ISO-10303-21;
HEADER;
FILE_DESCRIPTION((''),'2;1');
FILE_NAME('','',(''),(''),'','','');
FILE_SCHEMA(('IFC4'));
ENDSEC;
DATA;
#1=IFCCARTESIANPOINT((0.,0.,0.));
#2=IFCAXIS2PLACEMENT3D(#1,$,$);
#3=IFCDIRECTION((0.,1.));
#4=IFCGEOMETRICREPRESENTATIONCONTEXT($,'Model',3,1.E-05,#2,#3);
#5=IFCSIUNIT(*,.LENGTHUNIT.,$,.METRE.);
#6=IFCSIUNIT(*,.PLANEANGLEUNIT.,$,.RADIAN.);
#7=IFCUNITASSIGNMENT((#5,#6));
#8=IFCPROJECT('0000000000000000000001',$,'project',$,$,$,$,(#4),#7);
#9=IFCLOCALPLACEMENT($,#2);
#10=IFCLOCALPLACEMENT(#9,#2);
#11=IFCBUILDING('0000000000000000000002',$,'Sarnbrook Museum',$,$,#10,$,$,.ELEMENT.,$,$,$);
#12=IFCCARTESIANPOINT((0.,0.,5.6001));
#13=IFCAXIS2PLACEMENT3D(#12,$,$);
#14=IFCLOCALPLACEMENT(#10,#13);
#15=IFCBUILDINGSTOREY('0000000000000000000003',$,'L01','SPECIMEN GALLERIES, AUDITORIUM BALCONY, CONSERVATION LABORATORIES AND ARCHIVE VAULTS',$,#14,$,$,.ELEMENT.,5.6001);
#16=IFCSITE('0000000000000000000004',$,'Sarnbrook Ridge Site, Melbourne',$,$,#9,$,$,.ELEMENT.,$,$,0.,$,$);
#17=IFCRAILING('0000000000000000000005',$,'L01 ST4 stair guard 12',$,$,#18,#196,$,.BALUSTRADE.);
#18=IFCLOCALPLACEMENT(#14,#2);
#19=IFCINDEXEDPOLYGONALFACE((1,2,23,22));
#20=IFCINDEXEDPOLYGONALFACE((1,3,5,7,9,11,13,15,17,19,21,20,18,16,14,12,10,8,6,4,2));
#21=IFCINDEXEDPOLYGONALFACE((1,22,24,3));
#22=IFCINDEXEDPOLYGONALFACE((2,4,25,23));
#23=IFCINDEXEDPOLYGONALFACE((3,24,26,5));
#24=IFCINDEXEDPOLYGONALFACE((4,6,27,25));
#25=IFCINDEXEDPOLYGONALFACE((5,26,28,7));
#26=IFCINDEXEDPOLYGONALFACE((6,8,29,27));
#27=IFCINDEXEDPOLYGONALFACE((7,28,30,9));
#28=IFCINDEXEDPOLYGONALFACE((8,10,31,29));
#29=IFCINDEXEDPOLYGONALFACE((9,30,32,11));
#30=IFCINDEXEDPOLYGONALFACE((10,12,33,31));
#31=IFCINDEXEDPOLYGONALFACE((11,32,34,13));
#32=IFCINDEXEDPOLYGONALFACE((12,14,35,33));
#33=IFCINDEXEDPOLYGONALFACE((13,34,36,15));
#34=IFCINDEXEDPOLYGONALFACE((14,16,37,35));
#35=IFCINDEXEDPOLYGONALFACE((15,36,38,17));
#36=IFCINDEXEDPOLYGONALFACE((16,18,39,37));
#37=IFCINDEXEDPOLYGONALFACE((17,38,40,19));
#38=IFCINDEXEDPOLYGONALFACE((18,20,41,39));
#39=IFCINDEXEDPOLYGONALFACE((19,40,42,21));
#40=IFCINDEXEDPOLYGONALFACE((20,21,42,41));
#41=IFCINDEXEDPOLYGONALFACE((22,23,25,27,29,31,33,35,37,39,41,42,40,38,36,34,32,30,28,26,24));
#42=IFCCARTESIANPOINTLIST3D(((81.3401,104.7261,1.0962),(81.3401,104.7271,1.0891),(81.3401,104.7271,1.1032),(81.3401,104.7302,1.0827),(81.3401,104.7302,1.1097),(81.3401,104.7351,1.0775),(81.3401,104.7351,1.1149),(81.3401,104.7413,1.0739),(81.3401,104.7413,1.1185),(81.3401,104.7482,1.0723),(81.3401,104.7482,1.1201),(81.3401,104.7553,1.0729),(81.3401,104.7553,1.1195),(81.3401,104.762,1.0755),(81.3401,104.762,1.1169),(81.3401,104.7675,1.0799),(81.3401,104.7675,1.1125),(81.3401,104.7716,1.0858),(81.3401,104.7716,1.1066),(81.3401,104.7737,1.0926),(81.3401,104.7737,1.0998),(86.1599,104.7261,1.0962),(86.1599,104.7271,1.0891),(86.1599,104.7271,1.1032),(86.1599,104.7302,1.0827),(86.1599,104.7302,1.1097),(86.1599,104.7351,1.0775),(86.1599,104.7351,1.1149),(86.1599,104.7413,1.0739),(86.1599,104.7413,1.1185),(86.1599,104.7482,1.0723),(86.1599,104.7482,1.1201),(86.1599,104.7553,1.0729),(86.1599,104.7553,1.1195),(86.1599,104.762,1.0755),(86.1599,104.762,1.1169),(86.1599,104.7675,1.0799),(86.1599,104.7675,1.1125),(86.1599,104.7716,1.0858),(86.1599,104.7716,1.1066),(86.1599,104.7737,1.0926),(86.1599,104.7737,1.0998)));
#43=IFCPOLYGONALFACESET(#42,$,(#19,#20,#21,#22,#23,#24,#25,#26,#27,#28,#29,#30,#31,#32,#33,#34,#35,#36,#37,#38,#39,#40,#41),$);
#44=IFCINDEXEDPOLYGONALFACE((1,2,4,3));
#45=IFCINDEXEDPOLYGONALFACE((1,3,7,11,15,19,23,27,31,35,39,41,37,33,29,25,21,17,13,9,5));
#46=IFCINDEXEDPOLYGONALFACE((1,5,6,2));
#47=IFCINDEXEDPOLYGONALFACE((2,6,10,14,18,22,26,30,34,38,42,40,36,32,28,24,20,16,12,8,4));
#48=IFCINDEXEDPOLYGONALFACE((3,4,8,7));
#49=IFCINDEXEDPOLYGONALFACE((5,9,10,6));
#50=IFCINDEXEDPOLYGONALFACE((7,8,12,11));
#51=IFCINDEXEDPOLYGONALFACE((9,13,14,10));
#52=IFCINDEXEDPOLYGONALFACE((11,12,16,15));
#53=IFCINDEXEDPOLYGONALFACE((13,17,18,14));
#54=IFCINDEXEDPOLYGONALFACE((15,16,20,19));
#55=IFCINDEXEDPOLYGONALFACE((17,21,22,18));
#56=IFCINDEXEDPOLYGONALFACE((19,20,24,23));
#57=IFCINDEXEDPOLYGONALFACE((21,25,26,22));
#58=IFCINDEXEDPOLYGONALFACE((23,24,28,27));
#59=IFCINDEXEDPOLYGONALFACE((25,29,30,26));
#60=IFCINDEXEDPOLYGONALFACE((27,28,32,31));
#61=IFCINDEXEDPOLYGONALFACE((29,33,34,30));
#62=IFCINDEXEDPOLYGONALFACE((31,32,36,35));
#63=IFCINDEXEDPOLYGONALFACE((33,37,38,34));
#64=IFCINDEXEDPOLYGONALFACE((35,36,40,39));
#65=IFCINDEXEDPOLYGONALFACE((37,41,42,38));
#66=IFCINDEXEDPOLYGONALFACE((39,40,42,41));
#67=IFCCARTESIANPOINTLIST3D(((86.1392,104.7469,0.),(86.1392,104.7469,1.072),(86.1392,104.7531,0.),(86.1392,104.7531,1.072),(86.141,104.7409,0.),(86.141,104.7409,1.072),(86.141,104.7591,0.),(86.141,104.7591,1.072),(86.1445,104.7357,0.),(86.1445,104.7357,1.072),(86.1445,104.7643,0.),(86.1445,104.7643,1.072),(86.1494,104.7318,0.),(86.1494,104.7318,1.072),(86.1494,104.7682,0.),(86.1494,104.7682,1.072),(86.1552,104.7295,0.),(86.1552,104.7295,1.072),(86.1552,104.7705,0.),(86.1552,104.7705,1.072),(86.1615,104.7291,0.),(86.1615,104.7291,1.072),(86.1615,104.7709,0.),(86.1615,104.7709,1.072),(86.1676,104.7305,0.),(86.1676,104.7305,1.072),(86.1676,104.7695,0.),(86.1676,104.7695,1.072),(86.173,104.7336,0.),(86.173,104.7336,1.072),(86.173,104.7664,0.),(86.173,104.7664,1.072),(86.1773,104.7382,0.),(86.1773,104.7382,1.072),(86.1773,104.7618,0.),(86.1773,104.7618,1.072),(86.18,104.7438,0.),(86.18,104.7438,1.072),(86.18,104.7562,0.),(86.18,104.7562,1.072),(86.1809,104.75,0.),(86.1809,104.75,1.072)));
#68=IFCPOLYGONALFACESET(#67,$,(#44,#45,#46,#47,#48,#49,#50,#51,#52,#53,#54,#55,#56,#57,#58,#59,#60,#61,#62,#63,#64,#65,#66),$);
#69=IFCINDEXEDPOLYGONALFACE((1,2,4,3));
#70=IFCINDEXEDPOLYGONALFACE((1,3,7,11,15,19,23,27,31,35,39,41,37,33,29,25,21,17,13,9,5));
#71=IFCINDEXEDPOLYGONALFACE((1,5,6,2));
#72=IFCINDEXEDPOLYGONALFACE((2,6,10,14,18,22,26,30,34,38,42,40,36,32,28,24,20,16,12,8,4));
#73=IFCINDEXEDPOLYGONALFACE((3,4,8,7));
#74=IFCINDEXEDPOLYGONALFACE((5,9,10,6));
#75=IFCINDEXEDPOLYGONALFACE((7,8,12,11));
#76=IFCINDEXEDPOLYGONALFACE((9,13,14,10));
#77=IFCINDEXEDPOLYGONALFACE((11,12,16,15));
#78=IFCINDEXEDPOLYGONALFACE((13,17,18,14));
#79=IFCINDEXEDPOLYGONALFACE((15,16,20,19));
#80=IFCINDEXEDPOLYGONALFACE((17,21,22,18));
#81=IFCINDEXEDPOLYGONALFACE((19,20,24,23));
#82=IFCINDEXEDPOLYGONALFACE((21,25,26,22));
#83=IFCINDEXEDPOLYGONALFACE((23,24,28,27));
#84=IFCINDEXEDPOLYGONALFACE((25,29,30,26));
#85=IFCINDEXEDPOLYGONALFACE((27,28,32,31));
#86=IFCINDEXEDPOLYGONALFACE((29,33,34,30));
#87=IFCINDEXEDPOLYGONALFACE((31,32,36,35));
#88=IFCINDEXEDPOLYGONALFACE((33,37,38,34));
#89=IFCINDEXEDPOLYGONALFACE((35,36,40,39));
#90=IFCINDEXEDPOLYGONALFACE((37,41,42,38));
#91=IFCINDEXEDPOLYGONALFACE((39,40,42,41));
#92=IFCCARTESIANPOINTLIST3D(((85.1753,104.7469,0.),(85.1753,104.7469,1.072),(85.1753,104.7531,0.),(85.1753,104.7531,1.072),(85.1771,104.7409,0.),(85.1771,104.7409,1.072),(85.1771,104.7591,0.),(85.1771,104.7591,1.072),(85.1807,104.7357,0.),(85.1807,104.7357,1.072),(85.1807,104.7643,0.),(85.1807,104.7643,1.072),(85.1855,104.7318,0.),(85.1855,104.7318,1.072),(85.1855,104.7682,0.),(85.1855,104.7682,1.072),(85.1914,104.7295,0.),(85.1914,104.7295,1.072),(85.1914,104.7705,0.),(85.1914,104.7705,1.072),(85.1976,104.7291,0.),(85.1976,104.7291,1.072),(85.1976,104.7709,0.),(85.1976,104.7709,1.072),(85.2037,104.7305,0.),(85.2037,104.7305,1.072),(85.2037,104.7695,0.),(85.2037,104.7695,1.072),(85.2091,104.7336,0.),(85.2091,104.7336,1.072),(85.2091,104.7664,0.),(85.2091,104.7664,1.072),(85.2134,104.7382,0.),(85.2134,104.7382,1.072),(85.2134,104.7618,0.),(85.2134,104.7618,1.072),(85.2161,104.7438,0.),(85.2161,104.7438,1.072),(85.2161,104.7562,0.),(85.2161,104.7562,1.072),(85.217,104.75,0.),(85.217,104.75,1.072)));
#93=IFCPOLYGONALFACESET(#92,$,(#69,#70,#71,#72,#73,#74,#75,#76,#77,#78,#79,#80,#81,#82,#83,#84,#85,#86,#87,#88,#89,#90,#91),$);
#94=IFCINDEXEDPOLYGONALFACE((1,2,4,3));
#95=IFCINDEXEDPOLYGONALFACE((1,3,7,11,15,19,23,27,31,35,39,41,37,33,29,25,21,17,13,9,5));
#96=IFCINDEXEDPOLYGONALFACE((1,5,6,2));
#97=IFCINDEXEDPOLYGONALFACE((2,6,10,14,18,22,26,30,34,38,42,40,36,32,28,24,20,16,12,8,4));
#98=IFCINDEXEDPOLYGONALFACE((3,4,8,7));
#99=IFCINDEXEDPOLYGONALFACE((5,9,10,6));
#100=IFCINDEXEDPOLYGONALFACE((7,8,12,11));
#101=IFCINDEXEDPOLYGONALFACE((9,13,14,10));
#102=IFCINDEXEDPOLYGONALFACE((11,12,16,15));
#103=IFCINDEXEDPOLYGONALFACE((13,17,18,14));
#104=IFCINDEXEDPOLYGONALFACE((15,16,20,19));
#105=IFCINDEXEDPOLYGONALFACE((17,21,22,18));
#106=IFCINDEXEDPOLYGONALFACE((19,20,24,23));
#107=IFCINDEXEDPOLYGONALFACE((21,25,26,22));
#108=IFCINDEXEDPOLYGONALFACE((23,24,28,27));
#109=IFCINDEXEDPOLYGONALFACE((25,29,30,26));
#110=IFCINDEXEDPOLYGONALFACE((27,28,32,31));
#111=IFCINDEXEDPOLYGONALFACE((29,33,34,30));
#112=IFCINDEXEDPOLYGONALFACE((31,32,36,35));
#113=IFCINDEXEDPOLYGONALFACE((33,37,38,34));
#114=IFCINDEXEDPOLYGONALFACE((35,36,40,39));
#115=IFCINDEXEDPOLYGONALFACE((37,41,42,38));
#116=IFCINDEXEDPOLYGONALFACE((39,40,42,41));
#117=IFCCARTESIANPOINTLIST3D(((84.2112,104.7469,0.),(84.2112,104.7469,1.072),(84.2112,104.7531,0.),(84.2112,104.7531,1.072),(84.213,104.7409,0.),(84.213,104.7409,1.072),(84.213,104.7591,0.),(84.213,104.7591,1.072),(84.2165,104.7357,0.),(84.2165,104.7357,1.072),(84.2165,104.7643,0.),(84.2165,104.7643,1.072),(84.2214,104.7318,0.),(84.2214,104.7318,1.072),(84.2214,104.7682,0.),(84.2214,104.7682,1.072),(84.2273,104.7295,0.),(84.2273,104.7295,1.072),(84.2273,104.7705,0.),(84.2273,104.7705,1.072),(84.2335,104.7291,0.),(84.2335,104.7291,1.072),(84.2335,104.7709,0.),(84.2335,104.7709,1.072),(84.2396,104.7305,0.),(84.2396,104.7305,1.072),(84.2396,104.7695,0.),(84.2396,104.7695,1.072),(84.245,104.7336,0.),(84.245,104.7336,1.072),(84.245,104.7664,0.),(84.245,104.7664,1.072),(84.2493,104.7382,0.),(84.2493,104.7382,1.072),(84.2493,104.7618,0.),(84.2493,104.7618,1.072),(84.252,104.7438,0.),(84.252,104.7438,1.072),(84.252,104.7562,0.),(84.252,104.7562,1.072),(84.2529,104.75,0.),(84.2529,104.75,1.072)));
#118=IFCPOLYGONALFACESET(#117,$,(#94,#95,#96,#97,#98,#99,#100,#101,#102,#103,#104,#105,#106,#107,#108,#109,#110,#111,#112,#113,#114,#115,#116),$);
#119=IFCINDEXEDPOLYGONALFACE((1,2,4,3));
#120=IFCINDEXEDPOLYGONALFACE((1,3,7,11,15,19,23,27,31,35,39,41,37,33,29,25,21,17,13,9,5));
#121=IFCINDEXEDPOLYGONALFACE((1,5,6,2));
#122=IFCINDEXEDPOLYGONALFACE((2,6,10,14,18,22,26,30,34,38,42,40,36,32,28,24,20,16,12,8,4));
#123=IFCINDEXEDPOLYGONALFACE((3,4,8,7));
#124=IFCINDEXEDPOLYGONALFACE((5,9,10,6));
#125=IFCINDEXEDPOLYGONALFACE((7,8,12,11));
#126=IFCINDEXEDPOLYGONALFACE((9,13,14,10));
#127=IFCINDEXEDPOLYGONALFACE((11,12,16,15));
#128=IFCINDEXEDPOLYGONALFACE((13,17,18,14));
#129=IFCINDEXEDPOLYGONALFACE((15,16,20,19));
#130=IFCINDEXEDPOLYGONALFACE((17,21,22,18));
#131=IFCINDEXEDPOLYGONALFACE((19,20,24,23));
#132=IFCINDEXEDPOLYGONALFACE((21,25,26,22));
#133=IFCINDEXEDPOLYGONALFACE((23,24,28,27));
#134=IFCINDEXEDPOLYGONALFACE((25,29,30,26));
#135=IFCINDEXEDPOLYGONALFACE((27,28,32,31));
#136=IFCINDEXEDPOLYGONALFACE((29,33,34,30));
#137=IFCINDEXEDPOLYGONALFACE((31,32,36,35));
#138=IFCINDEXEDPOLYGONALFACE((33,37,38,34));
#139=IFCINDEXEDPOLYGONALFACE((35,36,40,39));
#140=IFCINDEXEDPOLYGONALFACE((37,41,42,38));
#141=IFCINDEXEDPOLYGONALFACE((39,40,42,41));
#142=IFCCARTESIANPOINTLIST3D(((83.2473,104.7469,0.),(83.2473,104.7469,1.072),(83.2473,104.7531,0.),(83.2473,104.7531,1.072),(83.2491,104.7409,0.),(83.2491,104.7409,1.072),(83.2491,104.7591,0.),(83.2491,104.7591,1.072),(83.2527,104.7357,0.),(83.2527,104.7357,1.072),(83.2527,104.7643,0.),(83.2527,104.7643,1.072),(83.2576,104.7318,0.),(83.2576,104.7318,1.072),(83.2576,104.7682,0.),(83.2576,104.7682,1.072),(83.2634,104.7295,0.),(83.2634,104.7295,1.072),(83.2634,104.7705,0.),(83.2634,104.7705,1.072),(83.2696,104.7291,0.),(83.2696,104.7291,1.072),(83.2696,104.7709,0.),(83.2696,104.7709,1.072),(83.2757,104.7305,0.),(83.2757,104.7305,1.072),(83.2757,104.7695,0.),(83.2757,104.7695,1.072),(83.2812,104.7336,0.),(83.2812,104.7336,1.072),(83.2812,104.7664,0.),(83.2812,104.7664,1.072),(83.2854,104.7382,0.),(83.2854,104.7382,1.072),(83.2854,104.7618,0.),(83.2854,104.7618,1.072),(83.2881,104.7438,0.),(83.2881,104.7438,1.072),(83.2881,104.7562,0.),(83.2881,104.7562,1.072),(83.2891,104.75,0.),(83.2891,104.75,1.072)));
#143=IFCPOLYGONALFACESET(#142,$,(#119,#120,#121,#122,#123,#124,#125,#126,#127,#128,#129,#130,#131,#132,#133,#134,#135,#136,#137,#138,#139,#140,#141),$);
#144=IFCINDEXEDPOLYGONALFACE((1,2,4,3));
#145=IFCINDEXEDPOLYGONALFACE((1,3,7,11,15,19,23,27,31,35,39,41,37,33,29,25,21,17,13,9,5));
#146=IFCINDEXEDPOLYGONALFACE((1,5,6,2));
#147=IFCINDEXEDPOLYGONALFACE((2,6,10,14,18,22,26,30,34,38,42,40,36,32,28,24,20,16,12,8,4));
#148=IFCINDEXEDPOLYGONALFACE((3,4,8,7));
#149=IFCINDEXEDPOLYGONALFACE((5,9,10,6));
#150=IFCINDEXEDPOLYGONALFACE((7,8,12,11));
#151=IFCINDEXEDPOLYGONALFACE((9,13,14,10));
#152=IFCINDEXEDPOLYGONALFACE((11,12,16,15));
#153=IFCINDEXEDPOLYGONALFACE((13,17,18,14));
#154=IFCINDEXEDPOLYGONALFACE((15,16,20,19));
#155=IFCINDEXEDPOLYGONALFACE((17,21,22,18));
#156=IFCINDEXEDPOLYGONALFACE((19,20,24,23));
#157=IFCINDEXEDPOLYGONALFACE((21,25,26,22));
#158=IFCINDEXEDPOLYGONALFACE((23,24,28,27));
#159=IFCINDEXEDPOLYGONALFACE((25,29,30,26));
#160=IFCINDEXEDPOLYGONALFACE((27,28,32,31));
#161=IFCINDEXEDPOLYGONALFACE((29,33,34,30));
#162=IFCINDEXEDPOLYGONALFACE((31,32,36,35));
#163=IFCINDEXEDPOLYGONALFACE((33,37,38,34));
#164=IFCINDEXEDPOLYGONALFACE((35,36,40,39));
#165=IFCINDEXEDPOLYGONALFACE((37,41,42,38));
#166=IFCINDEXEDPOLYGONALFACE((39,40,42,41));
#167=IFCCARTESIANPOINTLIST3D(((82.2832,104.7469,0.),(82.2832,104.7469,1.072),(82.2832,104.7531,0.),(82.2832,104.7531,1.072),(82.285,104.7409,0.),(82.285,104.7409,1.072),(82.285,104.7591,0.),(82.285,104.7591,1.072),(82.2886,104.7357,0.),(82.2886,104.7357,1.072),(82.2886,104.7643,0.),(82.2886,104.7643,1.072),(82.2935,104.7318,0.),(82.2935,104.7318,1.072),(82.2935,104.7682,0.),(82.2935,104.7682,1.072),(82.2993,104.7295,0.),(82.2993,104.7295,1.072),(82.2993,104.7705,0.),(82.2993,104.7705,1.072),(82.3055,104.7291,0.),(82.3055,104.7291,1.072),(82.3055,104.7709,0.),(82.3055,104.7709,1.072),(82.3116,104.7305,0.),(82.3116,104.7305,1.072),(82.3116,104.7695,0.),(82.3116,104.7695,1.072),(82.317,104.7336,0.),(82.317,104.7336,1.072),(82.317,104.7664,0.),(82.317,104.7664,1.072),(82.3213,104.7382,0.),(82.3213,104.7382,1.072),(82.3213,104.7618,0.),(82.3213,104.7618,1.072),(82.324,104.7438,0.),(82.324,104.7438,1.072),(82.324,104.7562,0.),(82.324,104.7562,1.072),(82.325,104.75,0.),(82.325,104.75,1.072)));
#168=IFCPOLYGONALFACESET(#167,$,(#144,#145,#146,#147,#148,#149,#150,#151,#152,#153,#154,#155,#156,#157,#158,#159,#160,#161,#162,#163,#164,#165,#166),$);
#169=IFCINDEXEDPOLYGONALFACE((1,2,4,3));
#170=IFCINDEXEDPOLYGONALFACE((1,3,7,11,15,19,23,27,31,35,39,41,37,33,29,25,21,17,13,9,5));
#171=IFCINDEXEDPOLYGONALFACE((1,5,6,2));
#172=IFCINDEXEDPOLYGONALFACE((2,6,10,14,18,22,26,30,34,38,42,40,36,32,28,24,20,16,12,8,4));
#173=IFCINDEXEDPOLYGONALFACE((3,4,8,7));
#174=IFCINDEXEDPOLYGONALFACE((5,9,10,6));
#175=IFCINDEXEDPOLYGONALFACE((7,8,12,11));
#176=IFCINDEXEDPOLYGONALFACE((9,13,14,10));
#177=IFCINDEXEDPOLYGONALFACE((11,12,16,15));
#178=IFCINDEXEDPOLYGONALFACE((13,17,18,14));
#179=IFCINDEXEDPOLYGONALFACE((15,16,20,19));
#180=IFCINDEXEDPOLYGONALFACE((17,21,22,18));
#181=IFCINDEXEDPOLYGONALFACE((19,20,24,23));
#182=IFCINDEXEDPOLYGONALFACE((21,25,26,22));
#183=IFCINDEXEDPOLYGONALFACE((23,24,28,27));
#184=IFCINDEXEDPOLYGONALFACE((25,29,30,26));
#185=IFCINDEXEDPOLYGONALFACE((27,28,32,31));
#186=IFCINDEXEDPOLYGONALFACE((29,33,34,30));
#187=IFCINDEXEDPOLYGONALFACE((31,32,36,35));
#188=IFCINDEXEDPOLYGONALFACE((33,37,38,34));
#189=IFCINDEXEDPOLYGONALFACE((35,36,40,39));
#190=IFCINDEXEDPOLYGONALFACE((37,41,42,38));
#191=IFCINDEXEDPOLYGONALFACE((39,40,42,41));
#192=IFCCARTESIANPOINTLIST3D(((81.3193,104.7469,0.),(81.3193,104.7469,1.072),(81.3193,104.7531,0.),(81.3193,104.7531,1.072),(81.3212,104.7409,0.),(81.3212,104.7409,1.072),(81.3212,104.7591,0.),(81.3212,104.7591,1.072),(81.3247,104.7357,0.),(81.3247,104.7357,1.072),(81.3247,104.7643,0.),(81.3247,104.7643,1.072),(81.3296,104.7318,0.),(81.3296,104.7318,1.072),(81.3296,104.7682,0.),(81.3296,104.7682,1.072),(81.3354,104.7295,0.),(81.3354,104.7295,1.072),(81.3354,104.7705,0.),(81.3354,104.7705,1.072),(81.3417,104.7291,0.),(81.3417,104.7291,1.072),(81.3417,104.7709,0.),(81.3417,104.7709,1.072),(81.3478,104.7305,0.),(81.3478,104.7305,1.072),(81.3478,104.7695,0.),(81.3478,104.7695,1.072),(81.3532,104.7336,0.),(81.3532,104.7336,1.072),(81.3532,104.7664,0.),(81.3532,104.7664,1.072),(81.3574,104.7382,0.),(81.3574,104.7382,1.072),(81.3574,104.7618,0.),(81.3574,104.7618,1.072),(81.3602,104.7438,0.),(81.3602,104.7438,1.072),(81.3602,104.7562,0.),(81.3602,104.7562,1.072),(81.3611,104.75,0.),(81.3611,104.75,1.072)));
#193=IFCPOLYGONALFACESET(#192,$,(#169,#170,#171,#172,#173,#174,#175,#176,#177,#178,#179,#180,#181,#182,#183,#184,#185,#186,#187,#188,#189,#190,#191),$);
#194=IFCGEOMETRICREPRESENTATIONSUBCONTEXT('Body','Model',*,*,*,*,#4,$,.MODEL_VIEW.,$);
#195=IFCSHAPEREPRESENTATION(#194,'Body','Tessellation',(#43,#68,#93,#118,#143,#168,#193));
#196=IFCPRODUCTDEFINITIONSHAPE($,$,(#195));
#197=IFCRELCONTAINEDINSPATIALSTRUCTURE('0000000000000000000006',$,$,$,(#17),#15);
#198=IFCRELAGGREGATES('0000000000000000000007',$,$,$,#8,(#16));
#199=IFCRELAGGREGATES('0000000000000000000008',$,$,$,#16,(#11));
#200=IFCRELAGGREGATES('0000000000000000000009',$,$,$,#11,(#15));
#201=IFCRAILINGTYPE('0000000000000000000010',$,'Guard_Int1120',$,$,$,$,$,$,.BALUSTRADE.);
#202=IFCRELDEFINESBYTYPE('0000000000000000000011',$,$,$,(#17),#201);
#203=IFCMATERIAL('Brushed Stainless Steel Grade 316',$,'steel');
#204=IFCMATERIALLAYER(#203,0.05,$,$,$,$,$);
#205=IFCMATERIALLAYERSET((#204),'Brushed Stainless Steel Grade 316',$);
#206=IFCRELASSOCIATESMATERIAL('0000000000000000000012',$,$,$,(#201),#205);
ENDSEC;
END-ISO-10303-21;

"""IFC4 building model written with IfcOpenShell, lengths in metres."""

from ifc_helpers import new_model, si_unit, direction, frame, origin, origin_2d, place, context, subcontext, project, spatial, circle, extrude, material, layer, layer_set, type_object, element, save


model = new_model("IFC4")

# Units and contexts
model_context = context("Model", 3, precision=1e-05, world=origin(), true_north=direction((0.0, 1.0)))
body_context = subcontext(model_context, "Body", "Model", "MODEL_VIEW")
ifc_project = project(units=[si_unit("LENGTHUNIT", "METRE"), si_unit("PLANEANGLEUNIT", "RADIAN")], contexts=[model_context])

# Site, building, storey
site_placement = place(None, origin())
site = spatial("IfcSite", under=ifc_project, at=site_placement, Name="Sarnbrook Ridge Site, Melbourne", CompositionType="ELEMENT", RefElevation=0.0)
building_placement = place(site_placement, origin())
building = spatial("IfcBuilding", under=site, at=building_placement, Name="Sarnbrook Museum", CompositionType="ELEMENT")
storey_placement = place(building_placement, frame((0.0, 0.0, 5.6001)))
storey = spatial("IfcBuildingStorey", under=building, at=storey_placement, Name="L01", Description="SPECIMEN GALLERIES, AUDITORIUM BALCONY, CONSERVATION LABORATORIES AND ARCHIVE VAULTS", CompositionType="ELEMENT", Elevation=5.6001)

# Shared definitions
ifc_material_1 = material(Name="Brushed Stainless Steel Grade 316", Category="steel")

# Railing
ifc_layer_1 = layer(ifc_material_1, 0.05)
ifc_layer_set_1 = layer_set([ifc_layer_1], Name="Brushed Stainless Steel Grade 316")
railing_type = type_object("IfcRailingType", Name="Guard_Int1120", PredefinedType="BALUSTRADE", material=ifc_layer_set_1)
railing_1_placement = place(storey_placement, frame((86.1599, 104.75, 0.0)))
element("IfcRailing", 1, at=railing_1_placement, inside=storey, type_object=railing_type, Name="L01 ST4 stair guard 12", PredefinedType="BALUSTRADE", context=body_context, shape_type="SweptSolid", body=[
    extrude(circle(Radius=0.0239, at=origin_2d()), frame((0.0, 0.0, 1.0962), z_axis=(-1.0, 0.0, 0.0), x_axis=(0.0, -1.0, 0.0)), (0.0, 0.0, 1.0), 4.8198),
    extrude(circle(Radius=0.021, at=origin_2d()), origin(), (0.0, 0.0, 1.0), 1.072),
    extrude(circle(Radius=0.021, at=origin_2d()), frame((-0.9639, 0.0, 0.0)), (0.0, 0.0, 1.0), 1.072),
    extrude(circle(Radius=0.021, at=origin_2d()), frame((-1.928, 0.0, 0.0)), (0.0, 0.0, 1.0), 1.072),
    extrude(circle(Radius=0.021, at=origin_2d()), frame((-2.8918, 0.0, 0.0)), (0.0, 0.0, 1.0), 1.072),
    extrude(circle(Radius=0.021, at=origin_2d()), frame((-3.856, 0.0, 0.0)), (0.0, 0.0, 1.0), 1.072),
    extrude(circle(Radius=0.021, at=origin_2d()), frame((-4.8198, 0.0, 0.0)), (0.0, 0.0, 1.0), 1.072),
])

save(model, "model.ifc")
